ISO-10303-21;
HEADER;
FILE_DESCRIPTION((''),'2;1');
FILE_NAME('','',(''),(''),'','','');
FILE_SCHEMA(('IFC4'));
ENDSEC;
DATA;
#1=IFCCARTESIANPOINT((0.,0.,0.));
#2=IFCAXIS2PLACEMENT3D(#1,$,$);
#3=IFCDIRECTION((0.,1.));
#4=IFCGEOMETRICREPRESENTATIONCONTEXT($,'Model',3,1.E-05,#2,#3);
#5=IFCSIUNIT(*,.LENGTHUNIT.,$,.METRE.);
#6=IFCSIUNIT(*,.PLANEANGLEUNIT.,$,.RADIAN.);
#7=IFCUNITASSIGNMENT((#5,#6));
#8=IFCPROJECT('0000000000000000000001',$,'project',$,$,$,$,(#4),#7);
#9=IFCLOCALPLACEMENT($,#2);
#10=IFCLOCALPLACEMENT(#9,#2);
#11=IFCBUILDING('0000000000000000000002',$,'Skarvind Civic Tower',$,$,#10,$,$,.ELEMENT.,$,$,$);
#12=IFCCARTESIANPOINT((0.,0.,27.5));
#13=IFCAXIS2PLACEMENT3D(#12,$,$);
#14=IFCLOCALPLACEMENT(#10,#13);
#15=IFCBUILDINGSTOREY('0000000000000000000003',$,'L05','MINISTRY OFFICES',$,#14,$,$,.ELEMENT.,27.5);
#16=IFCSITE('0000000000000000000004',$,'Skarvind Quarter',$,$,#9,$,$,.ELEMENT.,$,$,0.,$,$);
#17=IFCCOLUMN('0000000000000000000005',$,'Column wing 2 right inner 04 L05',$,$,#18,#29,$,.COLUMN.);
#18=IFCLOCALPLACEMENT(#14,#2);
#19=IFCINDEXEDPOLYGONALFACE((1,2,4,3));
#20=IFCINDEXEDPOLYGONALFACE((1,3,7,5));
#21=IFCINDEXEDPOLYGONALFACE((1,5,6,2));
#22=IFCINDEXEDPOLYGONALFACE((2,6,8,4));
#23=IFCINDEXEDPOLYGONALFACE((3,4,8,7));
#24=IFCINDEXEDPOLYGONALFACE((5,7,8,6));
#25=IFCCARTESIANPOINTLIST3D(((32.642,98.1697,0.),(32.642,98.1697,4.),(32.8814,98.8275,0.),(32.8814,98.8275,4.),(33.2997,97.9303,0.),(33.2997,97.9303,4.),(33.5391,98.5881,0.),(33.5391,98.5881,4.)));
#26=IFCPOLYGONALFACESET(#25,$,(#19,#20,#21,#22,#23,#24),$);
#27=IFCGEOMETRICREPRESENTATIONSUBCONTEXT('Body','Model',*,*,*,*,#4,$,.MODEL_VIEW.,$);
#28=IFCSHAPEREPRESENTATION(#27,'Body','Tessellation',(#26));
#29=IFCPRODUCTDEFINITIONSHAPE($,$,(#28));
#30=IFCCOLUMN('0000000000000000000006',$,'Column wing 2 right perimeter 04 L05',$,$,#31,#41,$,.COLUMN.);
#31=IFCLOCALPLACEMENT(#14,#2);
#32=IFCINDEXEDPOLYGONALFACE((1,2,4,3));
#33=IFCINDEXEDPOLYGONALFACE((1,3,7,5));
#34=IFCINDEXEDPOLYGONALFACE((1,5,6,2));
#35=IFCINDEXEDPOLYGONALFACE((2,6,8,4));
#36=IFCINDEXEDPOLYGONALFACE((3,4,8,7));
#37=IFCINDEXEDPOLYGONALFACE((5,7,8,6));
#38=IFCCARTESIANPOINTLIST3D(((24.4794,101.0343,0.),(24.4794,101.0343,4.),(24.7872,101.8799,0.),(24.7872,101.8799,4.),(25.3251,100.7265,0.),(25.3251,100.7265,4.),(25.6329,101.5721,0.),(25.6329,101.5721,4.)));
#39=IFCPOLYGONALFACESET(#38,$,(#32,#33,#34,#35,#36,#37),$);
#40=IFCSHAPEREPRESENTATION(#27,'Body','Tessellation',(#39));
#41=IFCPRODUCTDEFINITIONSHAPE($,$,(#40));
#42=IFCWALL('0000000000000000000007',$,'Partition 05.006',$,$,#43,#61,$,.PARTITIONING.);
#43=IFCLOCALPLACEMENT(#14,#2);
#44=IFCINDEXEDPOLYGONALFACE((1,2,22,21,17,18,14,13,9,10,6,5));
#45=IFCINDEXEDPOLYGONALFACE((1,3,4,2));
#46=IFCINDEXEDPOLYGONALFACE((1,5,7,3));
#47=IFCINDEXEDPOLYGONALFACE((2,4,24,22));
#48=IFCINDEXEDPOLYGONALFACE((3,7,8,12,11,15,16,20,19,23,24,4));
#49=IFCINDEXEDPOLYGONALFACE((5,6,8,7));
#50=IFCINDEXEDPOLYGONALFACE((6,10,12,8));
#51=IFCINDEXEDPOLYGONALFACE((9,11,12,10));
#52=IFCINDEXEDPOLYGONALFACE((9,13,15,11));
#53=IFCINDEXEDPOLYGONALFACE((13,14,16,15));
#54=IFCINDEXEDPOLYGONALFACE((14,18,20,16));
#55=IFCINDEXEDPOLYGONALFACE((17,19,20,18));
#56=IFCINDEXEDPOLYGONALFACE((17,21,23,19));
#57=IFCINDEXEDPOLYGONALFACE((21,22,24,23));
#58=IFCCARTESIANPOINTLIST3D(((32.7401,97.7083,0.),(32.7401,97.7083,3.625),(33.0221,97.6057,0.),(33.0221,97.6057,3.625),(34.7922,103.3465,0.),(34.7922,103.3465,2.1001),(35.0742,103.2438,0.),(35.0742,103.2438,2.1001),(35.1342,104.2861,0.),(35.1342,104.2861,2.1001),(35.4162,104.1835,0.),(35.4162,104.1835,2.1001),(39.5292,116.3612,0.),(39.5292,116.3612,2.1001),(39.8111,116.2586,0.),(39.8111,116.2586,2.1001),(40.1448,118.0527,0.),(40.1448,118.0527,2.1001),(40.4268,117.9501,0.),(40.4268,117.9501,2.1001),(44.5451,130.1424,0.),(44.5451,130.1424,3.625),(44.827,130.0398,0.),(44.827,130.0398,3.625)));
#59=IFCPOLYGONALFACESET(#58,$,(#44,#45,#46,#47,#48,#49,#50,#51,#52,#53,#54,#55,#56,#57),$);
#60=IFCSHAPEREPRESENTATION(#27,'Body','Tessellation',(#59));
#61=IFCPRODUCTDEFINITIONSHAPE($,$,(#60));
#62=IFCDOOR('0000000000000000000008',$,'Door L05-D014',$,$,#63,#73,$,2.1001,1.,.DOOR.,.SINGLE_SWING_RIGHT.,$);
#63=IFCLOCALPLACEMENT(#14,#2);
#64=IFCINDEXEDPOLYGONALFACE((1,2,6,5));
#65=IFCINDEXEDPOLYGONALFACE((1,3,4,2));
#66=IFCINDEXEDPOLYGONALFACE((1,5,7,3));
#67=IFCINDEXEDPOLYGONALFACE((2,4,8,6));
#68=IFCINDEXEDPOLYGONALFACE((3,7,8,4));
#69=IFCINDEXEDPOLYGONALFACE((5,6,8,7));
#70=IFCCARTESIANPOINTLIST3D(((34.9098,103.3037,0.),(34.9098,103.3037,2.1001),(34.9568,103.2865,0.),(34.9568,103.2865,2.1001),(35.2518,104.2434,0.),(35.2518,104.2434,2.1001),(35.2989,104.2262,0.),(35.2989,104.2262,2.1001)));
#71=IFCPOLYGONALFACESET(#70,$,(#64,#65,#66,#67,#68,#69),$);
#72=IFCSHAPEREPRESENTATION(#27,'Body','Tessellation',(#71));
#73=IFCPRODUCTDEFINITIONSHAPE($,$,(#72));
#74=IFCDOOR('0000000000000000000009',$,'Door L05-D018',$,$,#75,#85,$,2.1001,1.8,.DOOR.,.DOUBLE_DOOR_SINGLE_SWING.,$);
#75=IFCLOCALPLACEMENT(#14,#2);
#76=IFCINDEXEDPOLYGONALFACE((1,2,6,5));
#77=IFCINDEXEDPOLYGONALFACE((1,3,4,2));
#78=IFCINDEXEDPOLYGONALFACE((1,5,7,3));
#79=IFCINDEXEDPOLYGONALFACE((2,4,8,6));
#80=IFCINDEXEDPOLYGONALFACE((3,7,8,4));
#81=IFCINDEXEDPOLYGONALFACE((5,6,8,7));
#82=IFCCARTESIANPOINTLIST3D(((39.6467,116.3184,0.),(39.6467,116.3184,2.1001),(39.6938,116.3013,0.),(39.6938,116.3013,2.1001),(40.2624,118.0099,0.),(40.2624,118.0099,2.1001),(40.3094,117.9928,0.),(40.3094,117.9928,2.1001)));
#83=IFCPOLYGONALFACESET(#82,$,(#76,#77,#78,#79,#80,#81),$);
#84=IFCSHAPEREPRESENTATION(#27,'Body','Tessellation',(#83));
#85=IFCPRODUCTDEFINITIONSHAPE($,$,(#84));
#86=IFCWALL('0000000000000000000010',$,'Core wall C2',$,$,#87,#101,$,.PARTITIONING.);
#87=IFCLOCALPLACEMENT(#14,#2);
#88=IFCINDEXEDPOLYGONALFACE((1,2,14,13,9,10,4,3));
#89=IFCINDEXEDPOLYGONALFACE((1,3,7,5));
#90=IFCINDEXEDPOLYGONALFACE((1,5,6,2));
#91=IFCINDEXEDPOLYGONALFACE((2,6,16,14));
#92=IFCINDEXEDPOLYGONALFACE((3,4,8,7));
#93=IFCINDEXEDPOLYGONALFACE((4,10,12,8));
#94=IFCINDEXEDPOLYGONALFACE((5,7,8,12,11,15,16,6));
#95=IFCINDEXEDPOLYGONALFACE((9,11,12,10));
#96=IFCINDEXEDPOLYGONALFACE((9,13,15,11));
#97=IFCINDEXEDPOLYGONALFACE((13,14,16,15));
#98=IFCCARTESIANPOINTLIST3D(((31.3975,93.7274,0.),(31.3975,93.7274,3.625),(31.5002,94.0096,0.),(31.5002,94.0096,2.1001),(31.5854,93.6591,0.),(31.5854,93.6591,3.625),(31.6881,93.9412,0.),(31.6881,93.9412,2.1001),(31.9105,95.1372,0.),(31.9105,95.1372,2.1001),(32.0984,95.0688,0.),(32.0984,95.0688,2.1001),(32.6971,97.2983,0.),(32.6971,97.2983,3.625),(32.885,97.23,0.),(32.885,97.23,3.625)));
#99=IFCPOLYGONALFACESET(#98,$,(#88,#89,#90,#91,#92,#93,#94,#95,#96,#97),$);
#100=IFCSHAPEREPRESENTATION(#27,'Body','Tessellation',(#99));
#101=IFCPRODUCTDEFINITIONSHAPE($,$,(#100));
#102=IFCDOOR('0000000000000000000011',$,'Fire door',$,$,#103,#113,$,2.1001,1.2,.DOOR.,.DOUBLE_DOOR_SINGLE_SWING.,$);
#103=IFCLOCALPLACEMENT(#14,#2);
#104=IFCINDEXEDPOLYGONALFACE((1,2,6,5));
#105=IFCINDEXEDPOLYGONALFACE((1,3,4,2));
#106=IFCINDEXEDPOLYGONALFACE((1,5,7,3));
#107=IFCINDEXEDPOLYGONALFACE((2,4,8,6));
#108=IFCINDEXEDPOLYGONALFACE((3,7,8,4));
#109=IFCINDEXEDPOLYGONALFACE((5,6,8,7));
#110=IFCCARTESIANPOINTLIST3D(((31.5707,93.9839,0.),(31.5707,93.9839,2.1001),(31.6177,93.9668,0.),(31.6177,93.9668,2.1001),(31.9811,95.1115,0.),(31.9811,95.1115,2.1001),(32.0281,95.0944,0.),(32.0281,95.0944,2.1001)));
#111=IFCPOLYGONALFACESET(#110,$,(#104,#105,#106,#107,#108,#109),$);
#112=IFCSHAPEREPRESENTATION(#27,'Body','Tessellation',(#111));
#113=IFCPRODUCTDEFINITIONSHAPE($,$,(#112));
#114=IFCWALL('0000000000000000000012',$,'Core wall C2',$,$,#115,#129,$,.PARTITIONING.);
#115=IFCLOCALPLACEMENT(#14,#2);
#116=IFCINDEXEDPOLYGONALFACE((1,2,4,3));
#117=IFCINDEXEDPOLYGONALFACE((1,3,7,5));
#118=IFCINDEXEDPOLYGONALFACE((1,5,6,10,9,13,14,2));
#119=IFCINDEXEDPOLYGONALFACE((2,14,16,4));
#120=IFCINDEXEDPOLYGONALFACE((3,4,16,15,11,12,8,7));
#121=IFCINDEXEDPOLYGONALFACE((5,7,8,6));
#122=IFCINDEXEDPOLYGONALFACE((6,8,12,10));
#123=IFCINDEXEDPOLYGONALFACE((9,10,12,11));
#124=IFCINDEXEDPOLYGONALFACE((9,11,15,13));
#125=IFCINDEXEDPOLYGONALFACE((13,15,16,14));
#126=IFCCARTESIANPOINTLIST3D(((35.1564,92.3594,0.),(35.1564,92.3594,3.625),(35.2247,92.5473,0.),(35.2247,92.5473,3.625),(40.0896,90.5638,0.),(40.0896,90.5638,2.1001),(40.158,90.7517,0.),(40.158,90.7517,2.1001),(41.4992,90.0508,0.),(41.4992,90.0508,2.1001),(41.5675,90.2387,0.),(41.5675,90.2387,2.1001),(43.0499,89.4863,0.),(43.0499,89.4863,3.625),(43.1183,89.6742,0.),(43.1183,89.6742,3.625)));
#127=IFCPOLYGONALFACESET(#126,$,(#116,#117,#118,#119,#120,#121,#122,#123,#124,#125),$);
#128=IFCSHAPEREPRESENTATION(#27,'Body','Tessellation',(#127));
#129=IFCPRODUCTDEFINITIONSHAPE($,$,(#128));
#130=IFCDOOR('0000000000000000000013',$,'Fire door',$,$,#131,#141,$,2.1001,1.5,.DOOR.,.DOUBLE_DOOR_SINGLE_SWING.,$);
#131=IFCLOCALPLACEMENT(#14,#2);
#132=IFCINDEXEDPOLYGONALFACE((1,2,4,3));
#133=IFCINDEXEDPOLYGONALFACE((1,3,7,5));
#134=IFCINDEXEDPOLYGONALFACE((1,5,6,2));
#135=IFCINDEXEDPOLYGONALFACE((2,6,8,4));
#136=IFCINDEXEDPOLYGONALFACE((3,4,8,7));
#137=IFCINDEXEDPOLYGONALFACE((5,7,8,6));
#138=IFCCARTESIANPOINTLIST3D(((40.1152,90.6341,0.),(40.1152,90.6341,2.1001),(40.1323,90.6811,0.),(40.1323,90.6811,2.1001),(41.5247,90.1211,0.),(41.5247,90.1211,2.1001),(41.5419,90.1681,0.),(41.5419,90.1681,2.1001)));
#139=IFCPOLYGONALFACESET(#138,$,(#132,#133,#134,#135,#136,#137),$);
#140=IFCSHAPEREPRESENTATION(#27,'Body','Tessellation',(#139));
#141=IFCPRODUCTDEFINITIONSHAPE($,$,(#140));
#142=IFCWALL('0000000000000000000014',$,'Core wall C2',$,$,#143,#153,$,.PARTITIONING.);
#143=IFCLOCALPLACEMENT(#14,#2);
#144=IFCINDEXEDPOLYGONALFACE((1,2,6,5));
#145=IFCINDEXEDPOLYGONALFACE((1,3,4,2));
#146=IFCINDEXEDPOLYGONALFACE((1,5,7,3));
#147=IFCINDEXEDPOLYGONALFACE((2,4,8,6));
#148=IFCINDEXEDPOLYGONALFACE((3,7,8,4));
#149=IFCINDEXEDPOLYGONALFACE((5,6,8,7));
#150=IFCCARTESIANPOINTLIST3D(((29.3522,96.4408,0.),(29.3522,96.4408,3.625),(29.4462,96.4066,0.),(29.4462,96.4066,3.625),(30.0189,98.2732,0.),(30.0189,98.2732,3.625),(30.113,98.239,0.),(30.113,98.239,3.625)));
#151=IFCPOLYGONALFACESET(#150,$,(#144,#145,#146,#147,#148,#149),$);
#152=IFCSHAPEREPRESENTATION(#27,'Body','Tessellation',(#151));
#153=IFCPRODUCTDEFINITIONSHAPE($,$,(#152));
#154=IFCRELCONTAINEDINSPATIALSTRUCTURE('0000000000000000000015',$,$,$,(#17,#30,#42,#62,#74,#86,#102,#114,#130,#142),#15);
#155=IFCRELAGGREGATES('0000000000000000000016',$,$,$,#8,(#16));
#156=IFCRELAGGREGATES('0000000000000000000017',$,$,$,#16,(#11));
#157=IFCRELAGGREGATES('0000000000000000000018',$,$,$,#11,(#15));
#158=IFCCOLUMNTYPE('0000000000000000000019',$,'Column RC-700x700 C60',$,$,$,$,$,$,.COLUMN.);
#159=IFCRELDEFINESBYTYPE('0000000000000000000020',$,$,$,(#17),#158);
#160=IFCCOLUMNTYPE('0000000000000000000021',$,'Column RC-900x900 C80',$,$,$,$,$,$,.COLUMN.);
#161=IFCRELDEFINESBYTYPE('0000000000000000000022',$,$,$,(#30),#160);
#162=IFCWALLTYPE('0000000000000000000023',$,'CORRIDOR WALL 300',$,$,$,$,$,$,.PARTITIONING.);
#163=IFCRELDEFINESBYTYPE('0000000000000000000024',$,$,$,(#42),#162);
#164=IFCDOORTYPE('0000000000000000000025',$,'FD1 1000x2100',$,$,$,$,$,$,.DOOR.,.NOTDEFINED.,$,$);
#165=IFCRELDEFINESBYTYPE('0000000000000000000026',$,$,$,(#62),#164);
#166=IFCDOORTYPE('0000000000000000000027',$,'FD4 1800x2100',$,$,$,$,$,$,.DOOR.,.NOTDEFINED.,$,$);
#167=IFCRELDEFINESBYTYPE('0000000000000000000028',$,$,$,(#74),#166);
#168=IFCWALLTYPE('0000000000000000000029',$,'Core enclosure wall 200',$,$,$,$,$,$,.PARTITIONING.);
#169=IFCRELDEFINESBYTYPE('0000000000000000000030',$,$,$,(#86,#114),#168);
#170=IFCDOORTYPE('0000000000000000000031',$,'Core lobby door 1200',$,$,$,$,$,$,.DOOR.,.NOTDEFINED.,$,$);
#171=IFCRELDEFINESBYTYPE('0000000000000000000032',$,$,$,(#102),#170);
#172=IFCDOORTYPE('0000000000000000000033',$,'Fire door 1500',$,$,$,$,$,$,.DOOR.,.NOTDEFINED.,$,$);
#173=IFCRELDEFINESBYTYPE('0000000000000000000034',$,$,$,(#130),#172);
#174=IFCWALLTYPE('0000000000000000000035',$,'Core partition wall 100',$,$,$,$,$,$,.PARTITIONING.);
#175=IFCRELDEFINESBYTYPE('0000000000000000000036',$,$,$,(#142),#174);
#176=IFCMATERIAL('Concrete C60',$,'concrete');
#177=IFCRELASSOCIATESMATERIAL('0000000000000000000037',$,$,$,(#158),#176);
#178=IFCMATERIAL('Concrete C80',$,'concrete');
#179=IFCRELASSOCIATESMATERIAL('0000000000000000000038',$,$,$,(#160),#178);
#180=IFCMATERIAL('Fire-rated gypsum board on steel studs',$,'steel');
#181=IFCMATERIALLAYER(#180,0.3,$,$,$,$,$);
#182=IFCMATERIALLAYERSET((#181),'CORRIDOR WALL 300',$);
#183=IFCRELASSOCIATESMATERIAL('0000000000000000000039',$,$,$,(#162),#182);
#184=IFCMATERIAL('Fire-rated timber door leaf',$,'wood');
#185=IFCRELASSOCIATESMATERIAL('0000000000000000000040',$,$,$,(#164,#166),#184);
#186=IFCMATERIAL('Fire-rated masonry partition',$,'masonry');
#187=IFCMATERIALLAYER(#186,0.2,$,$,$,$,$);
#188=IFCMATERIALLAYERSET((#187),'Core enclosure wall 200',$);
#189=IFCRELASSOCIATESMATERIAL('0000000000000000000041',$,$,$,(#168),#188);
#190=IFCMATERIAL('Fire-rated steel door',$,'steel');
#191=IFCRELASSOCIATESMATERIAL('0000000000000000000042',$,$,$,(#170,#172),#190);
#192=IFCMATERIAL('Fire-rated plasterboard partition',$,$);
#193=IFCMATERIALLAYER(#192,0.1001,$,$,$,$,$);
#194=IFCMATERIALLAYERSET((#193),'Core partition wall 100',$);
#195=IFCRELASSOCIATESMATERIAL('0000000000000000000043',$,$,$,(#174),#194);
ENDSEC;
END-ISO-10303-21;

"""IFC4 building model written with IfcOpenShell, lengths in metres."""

from ifc_helpers import new_model, si_unit, direction, frame, frame_2d, origin, origin_2d, place, context, subcontext, project, spatial, rectangle, extrude, material, layer, layer_set, material_profile, profile_set, type_object, element, fill, save


model = new_model("IFC4")

# Units and contexts
model_context = context("Model", 3, precision=1e-05, world=origin(), true_north=direction((0.0, 1.0)))
body_context = subcontext(model_context, "Body", "Model", "MODEL_VIEW")
ifc_project = project(units=[si_unit("LENGTHUNIT", "METRE"), si_unit("PLANEANGLEUNIT", "RADIAN")], contexts=[model_context])

# Site, building, storey
site_placement = place(None, origin())
site = spatial("IfcSite", under=ifc_project, at=site_placement, Name="Skarvind Quarter", CompositionType="ELEMENT", RefElevation=0.0)
building_placement = place(site_placement, origin())
building = spatial("IfcBuilding", under=site, at=building_placement, Name="Skarvind Civic Tower", CompositionType="ELEMENT")
storey_placement = place(building_placement, frame((0.0, 0.0, 27.5)))
storey = spatial("IfcBuildingStorey", under=building, at=storey_placement, Name="L05", Description="MINISTRY OFFICES", CompositionType="ELEMENT", Elevation=27.5)

# Columns
ifc_material_1 = material(Name="Concrete C60", Category="concrete")
ifc_material_profile_1 = material_profile(ifc_material_1, rectangle(XDim=0.7, YDim=0.7, at=origin_2d()), Name="RC-700x700")
ifc_profile_set_1 = profile_set([ifc_material_profile_1], Name="Concrete C60")
column_type_1 = type_object("IfcColumnType", Name="Column RC-700x700 C60", PredefinedType="COLUMN", material=ifc_profile_set_1)
column_1_placement = place(storey_placement, frame((33.0906, 98.3789, 0.0), z_axis=(0.0, 0.0, 1.0), x_axis=(-0.34202, -0.939693, 0.0)))
element("IfcColumn", 1, at=column_1_placement, inside=storey, type_object=column_type_1, Name="Column wing 2 right inner 04 L05", PredefinedType="COLUMN", context=body_context, shape_type="SweptSolid", body=[
    extrude(rectangle(XDim=0.7, YDim=0.7, at=origin_2d()), origin(), (0.0, 0.0, 1.0), 4.0),
])
ifc_material_2 = material(Name="Concrete C80", Category="concrete")
ifc_material_profile_2 = material_profile(ifc_material_2, rectangle(XDim=0.8999, YDim=0.8999, at=origin_2d()), Name="RC-900x900")
ifc_profile_set_2 = profile_set([ifc_material_profile_2], Name="Concrete C80")
column_type_2 = type_object("IfcColumnType", Name="Column RC-900x900 C80", PredefinedType="COLUMN", material=ifc_profile_set_2)
column_2_placement = place(storey_placement, frame((25.0562, 101.3032, 0.0), z_axis=(0.0, 0.0, 1.0), x_axis=(-0.34202, -0.939693, 0.0)))
element("IfcColumn", 2, at=column_2_placement, inside=storey, type_object=column_type_2, Name="Column wing 2 right perimeter 04 L05", PredefinedType="COLUMN", context=body_context, shape_type="SweptSolid", body=[
    extrude(rectangle(XDim=0.8999, YDim=0.8999, at=origin_2d()), origin(), (0.0, 0.0, 1.0), 4.0),
])

# Wall, openings, doors
ifc_material_3 = material(Name="Fire-rated gypsum board on steel studs", Category="steel")
ifc_layer_1 = layer(ifc_material_3, 0.3)
ifc_layer_set_1 = layer_set([ifc_layer_1], Name="CORRIDOR WALL 300")
wall_type_1 = type_object("IfcWallType", Name="CORRIDOR WALL 300", PredefinedType="PARTITIONING", material=ifc_layer_set_1)
wall_1_placement = place(storey_placement, frame((32.8811, 97.657, 0.0), z_axis=(0.0, 0.0, 1.0), x_axis=(0.342017, 0.939694, 0.0)))
wall_1 = element("IfcWall", 3, at=wall_1_placement, inside=storey, type_object=wall_type_1, Name="Partition 05.006", PredefinedType="PARTITIONING", context=body_context, shape_type="SweptSolid", body=[
    extrude(rectangle(XDim=34.5156, YDim=0.3, at=frame_2d((17.2578, 0.0))), origin(), (0.0, 0.0, 1.0), 3.625),
])
opening_1_placement = place(wall_1_placement, frame((6.0, 0.0, 0.0)))
opening_1 = element("IfcOpeningElement", 4, at=opening_1_placement, cuts=wall_1, PredefinedType="OPENING", context=body_context, shape_type="SweptSolid", body=[
    extrude(rectangle(XDim=1.0, YDim=2.1001, at=frame_2d((0.5, 1.05))), frame((0.0, 0.1599, 0.0), z_axis=(0.0, -1.0, 0.0), x_axis=(1.0, 0.0, 0.0)), (0.0, 0.0, 1.0), 0.3201),
])
opening_2_placement = place(wall_1_placement, frame((19.8501, 0.0, 0.0)))
opening_2 = element("IfcOpeningElement", 5, at=opening_2_placement, cuts=wall_1, PredefinedType="OPENING", context=body_context, shape_type="SweptSolid", body=[
    extrude(rectangle(XDim=1.8, YDim=2.1001, at=frame_2d((0.8999, 1.05))), frame((0.0, 0.1599, 0.0), z_axis=(0.0, -1.0, 0.0), x_axis=(1.0, 0.0, 0.0)), (0.0, 0.0, 1.0), 0.3201),
])
ifc_material_4 = material(Name="Fire-rated timber door leaf", Category="wood")
door_type_1 = type_object("IfcDoorType", Name="FD1 1000x2100", OperationType="NOTDEFINED", PredefinedType="DOOR", material=ifc_material_4)
door_1_placement = place(opening_1_placement, origin())
door_1 = element("IfcDoor", 6, at=door_1_placement, inside=storey, type_object=door_type_1, Name="Door L05-D014", OperationType="SINGLE_SWING_RIGHT", OverallHeight=2.1001, OverallWidth=1.0, PredefinedType="DOOR", context=body_context, shape_type="SweptSolid", body=[
    extrude(rectangle(XDim=1.0, YDim=2.1001, at=frame_2d((0.5, 1.05))), frame((0.0, 0.0249, 0.0), z_axis=(0.0, -1.0, 0.0), x_axis=(1.0, 0.0, 0.0)), (0.0, 0.0, 1.0), 0.05),
])
fill(opening_1, door_1)
door_type_2 = type_object("IfcDoorType", Name="FD4 1800x2100", OperationType="NOTDEFINED", PredefinedType="DOOR", material=ifc_material_4)
door_2_placement = place(opening_2_placement, origin())
door_2 = element("IfcDoor", 7, at=door_2_placement, inside=storey, type_object=door_type_2, Name="Door L05-D018", OperationType="DOUBLE_DOOR_SINGLE_SWING", OverallHeight=2.1001, OverallWidth=1.8, PredefinedType="DOOR", context=body_context, shape_type="SweptSolid", body=[
    extrude(rectangle(XDim=1.8, YDim=2.1001, at=frame_2d((0.8999, 1.05))), frame((0.0, 0.0249, 0.0), z_axis=(0.0, -1.0, 0.0), x_axis=(1.0, 0.0, 0.0)), (0.0, 0.0, 1.0), 0.05),
])
fill(opening_2, door_2)

# Walls, openings, doors
ifc_material_5 = material(Name="Fire-rated masonry partition", Category="masonry")
ifc_layer_2 = layer(ifc_material_5, 0.2)
ifc_layer_set_2 = layer_set([ifc_layer_2], Name="Core enclosure wall 200")
wall_type_2 = type_object("IfcWallType", Name="Core enclosure wall 200", PredefinedType="PARTITIONING", material=ifc_layer_set_2)
wall_2_placement = place(storey_placement, frame((31.4915, 93.6934, 0.0), z_axis=(0.0, 0.0, 1.0), x_axis=(0.341996, 0.939701, 0.0)))
wall_2 = element("IfcWall", 8, at=wall_2_placement, inside=storey, type_object=wall_type_2, Name="Core wall C2", PredefinedType="PARTITIONING", context=body_context, shape_type="SweptSolid", body=[
    extrude(rectangle(XDim=3.8, YDim=0.2, at=frame_2d((1.8999, 0.0))), origin(), (0.0, 0.0, 1.0), 3.625),
])
opening_3_placement = place(wall_2_placement, frame((0.3, 0.0, 0.0)))
opening_3 = element("IfcOpeningElement", 9, at=opening_3_placement, cuts=wall_2, PredefinedType="OPENING", context=body_context, shape_type="SweptSolid", body=[
    extrude(rectangle(XDim=1.2, YDim=2.1001, at=frame_2d((0.6001, 1.05))), frame((0.0, 0.1099, 0.0), z_axis=(0.0, -1.0, 0.0), x_axis=(1.0, 0.0, 0.0)), (0.0, 0.0, 1.0), 0.22),
])
ifc_material_6 = material(Name="Fire-rated steel door", Category="steel")
door_type_3 = type_object("IfcDoorType", Name="Core lobby door 1200", OperationType="NOTDEFINED", PredefinedType="DOOR", material=ifc_material_6)
door_3_placement = place(opening_3_placement, origin())
door_3 = element("IfcDoor", 10, at=door_3_placement, inside=storey, type_object=door_type_3, Name="Fire door", OperationType="DOUBLE_DOOR_SINGLE_SWING", OverallHeight=2.1001, OverallWidth=1.2, PredefinedType="DOOR", context=body_context, shape_type="SweptSolid", body=[
    extrude(rectangle(XDim=1.2, YDim=2.1001, at=frame_2d((0.6001, 1.05))), frame((0.0, 0.0249, 0.0), z_axis=(0.0, -1.0, 0.0), x_axis=(1.0, 0.0, 0.0)), (0.0, 0.0, 1.0), 0.05),
])
fill(opening_3, door_3)
wall_3_placement = place(storey_placement, frame((35.1904, 92.4534, 0.0), z_axis=(0.0, 0.0, 1.0), x_axis=(0.939692, -0.342023, 0.0)))
wall_3 = element("IfcWall", 11, at=wall_3_placement, inside=storey, type_object=wall_type_2, Name="Core wall C2", PredefinedType="PARTITIONING", context=body_context, shape_type="SweptSolid", body=[
    extrude(rectangle(XDim=8.4001, YDim=0.2, at=frame_2d((4.2002, 0.0))), origin(), (0.0, 0.0, 1.0), 3.625),
])
opening_4_placement = place(wall_3_placement, frame((5.25, 0.0, 0.0)))
opening_4 = element("IfcOpeningElement", 12, at=opening_4_placement, cuts=wall_3, PredefinedType="OPENING", context=body_context, shape_type="SweptSolid", body=[
    extrude(rectangle(XDim=1.5, YDim=2.1001, at=frame_2d((0.75, 1.05))), frame((0.0, 0.1099, 0.0), z_axis=(0.0, -1.0, 0.0), x_axis=(1.0, 0.0, 0.0)), (0.0, 0.0, 1.0), 0.22),
])
door_type_4 = type_object("IfcDoorType", Name="Fire door 1500", OperationType="NOTDEFINED", PredefinedType="DOOR", material=ifc_material_6)
door_4_placement = place(opening_4_placement, origin())
door_4 = element("IfcDoor", 13, at=door_4_placement, inside=storey, type_object=door_type_4, Name="Fire door", OperationType="DOUBLE_DOOR_SINGLE_SWING", OverallHeight=2.1001, OverallWidth=1.5, PredefinedType="DOOR", context=body_context, shape_type="SweptSolid", body=[
    extrude(rectangle(XDim=1.5, YDim=2.1001, at=frame_2d((0.75, 1.05))), frame((0.0, 0.0249, 0.0), z_axis=(0.0, -1.0, 0.0), x_axis=(1.0, 0.0, 0.0)), (0.0, 0.0, 1.0), 0.05),
])
fill(opening_4, door_4)

# Wall
ifc_material_7 = material(Name="Fire-rated plasterboard partition")
ifc_layer_3 = layer(ifc_material_7, 0.1001)
ifc_layer_set_3 = layer_set([ifc_layer_3], Name="Core partition wall 100")
wall_type_3 = type_object("IfcWallType", Name="Core partition wall 100", PredefinedType="PARTITIONING", material=ifc_layer_set_3)
wall_4_placement = place(storey_placement, frame((29.3992, 96.4236, 0.0), z_axis=(0.0, 0.0, 1.0), x_axis=(0.341914, 0.939731, 0.0)))
element("IfcWall", 14, at=wall_4_placement, inside=storey, type_object=wall_type_3, Name="Core wall C2", PredefinedType="PARTITIONING", context=body_context, shape_type="SweptSolid", body=[
    extrude(rectangle(XDim=1.95, YDim=0.1001, at=frame_2d((0.9751, 0.0))), origin(), (0.0, 0.0, 1.0), 3.625),
])

save(model, "model.ifc")
